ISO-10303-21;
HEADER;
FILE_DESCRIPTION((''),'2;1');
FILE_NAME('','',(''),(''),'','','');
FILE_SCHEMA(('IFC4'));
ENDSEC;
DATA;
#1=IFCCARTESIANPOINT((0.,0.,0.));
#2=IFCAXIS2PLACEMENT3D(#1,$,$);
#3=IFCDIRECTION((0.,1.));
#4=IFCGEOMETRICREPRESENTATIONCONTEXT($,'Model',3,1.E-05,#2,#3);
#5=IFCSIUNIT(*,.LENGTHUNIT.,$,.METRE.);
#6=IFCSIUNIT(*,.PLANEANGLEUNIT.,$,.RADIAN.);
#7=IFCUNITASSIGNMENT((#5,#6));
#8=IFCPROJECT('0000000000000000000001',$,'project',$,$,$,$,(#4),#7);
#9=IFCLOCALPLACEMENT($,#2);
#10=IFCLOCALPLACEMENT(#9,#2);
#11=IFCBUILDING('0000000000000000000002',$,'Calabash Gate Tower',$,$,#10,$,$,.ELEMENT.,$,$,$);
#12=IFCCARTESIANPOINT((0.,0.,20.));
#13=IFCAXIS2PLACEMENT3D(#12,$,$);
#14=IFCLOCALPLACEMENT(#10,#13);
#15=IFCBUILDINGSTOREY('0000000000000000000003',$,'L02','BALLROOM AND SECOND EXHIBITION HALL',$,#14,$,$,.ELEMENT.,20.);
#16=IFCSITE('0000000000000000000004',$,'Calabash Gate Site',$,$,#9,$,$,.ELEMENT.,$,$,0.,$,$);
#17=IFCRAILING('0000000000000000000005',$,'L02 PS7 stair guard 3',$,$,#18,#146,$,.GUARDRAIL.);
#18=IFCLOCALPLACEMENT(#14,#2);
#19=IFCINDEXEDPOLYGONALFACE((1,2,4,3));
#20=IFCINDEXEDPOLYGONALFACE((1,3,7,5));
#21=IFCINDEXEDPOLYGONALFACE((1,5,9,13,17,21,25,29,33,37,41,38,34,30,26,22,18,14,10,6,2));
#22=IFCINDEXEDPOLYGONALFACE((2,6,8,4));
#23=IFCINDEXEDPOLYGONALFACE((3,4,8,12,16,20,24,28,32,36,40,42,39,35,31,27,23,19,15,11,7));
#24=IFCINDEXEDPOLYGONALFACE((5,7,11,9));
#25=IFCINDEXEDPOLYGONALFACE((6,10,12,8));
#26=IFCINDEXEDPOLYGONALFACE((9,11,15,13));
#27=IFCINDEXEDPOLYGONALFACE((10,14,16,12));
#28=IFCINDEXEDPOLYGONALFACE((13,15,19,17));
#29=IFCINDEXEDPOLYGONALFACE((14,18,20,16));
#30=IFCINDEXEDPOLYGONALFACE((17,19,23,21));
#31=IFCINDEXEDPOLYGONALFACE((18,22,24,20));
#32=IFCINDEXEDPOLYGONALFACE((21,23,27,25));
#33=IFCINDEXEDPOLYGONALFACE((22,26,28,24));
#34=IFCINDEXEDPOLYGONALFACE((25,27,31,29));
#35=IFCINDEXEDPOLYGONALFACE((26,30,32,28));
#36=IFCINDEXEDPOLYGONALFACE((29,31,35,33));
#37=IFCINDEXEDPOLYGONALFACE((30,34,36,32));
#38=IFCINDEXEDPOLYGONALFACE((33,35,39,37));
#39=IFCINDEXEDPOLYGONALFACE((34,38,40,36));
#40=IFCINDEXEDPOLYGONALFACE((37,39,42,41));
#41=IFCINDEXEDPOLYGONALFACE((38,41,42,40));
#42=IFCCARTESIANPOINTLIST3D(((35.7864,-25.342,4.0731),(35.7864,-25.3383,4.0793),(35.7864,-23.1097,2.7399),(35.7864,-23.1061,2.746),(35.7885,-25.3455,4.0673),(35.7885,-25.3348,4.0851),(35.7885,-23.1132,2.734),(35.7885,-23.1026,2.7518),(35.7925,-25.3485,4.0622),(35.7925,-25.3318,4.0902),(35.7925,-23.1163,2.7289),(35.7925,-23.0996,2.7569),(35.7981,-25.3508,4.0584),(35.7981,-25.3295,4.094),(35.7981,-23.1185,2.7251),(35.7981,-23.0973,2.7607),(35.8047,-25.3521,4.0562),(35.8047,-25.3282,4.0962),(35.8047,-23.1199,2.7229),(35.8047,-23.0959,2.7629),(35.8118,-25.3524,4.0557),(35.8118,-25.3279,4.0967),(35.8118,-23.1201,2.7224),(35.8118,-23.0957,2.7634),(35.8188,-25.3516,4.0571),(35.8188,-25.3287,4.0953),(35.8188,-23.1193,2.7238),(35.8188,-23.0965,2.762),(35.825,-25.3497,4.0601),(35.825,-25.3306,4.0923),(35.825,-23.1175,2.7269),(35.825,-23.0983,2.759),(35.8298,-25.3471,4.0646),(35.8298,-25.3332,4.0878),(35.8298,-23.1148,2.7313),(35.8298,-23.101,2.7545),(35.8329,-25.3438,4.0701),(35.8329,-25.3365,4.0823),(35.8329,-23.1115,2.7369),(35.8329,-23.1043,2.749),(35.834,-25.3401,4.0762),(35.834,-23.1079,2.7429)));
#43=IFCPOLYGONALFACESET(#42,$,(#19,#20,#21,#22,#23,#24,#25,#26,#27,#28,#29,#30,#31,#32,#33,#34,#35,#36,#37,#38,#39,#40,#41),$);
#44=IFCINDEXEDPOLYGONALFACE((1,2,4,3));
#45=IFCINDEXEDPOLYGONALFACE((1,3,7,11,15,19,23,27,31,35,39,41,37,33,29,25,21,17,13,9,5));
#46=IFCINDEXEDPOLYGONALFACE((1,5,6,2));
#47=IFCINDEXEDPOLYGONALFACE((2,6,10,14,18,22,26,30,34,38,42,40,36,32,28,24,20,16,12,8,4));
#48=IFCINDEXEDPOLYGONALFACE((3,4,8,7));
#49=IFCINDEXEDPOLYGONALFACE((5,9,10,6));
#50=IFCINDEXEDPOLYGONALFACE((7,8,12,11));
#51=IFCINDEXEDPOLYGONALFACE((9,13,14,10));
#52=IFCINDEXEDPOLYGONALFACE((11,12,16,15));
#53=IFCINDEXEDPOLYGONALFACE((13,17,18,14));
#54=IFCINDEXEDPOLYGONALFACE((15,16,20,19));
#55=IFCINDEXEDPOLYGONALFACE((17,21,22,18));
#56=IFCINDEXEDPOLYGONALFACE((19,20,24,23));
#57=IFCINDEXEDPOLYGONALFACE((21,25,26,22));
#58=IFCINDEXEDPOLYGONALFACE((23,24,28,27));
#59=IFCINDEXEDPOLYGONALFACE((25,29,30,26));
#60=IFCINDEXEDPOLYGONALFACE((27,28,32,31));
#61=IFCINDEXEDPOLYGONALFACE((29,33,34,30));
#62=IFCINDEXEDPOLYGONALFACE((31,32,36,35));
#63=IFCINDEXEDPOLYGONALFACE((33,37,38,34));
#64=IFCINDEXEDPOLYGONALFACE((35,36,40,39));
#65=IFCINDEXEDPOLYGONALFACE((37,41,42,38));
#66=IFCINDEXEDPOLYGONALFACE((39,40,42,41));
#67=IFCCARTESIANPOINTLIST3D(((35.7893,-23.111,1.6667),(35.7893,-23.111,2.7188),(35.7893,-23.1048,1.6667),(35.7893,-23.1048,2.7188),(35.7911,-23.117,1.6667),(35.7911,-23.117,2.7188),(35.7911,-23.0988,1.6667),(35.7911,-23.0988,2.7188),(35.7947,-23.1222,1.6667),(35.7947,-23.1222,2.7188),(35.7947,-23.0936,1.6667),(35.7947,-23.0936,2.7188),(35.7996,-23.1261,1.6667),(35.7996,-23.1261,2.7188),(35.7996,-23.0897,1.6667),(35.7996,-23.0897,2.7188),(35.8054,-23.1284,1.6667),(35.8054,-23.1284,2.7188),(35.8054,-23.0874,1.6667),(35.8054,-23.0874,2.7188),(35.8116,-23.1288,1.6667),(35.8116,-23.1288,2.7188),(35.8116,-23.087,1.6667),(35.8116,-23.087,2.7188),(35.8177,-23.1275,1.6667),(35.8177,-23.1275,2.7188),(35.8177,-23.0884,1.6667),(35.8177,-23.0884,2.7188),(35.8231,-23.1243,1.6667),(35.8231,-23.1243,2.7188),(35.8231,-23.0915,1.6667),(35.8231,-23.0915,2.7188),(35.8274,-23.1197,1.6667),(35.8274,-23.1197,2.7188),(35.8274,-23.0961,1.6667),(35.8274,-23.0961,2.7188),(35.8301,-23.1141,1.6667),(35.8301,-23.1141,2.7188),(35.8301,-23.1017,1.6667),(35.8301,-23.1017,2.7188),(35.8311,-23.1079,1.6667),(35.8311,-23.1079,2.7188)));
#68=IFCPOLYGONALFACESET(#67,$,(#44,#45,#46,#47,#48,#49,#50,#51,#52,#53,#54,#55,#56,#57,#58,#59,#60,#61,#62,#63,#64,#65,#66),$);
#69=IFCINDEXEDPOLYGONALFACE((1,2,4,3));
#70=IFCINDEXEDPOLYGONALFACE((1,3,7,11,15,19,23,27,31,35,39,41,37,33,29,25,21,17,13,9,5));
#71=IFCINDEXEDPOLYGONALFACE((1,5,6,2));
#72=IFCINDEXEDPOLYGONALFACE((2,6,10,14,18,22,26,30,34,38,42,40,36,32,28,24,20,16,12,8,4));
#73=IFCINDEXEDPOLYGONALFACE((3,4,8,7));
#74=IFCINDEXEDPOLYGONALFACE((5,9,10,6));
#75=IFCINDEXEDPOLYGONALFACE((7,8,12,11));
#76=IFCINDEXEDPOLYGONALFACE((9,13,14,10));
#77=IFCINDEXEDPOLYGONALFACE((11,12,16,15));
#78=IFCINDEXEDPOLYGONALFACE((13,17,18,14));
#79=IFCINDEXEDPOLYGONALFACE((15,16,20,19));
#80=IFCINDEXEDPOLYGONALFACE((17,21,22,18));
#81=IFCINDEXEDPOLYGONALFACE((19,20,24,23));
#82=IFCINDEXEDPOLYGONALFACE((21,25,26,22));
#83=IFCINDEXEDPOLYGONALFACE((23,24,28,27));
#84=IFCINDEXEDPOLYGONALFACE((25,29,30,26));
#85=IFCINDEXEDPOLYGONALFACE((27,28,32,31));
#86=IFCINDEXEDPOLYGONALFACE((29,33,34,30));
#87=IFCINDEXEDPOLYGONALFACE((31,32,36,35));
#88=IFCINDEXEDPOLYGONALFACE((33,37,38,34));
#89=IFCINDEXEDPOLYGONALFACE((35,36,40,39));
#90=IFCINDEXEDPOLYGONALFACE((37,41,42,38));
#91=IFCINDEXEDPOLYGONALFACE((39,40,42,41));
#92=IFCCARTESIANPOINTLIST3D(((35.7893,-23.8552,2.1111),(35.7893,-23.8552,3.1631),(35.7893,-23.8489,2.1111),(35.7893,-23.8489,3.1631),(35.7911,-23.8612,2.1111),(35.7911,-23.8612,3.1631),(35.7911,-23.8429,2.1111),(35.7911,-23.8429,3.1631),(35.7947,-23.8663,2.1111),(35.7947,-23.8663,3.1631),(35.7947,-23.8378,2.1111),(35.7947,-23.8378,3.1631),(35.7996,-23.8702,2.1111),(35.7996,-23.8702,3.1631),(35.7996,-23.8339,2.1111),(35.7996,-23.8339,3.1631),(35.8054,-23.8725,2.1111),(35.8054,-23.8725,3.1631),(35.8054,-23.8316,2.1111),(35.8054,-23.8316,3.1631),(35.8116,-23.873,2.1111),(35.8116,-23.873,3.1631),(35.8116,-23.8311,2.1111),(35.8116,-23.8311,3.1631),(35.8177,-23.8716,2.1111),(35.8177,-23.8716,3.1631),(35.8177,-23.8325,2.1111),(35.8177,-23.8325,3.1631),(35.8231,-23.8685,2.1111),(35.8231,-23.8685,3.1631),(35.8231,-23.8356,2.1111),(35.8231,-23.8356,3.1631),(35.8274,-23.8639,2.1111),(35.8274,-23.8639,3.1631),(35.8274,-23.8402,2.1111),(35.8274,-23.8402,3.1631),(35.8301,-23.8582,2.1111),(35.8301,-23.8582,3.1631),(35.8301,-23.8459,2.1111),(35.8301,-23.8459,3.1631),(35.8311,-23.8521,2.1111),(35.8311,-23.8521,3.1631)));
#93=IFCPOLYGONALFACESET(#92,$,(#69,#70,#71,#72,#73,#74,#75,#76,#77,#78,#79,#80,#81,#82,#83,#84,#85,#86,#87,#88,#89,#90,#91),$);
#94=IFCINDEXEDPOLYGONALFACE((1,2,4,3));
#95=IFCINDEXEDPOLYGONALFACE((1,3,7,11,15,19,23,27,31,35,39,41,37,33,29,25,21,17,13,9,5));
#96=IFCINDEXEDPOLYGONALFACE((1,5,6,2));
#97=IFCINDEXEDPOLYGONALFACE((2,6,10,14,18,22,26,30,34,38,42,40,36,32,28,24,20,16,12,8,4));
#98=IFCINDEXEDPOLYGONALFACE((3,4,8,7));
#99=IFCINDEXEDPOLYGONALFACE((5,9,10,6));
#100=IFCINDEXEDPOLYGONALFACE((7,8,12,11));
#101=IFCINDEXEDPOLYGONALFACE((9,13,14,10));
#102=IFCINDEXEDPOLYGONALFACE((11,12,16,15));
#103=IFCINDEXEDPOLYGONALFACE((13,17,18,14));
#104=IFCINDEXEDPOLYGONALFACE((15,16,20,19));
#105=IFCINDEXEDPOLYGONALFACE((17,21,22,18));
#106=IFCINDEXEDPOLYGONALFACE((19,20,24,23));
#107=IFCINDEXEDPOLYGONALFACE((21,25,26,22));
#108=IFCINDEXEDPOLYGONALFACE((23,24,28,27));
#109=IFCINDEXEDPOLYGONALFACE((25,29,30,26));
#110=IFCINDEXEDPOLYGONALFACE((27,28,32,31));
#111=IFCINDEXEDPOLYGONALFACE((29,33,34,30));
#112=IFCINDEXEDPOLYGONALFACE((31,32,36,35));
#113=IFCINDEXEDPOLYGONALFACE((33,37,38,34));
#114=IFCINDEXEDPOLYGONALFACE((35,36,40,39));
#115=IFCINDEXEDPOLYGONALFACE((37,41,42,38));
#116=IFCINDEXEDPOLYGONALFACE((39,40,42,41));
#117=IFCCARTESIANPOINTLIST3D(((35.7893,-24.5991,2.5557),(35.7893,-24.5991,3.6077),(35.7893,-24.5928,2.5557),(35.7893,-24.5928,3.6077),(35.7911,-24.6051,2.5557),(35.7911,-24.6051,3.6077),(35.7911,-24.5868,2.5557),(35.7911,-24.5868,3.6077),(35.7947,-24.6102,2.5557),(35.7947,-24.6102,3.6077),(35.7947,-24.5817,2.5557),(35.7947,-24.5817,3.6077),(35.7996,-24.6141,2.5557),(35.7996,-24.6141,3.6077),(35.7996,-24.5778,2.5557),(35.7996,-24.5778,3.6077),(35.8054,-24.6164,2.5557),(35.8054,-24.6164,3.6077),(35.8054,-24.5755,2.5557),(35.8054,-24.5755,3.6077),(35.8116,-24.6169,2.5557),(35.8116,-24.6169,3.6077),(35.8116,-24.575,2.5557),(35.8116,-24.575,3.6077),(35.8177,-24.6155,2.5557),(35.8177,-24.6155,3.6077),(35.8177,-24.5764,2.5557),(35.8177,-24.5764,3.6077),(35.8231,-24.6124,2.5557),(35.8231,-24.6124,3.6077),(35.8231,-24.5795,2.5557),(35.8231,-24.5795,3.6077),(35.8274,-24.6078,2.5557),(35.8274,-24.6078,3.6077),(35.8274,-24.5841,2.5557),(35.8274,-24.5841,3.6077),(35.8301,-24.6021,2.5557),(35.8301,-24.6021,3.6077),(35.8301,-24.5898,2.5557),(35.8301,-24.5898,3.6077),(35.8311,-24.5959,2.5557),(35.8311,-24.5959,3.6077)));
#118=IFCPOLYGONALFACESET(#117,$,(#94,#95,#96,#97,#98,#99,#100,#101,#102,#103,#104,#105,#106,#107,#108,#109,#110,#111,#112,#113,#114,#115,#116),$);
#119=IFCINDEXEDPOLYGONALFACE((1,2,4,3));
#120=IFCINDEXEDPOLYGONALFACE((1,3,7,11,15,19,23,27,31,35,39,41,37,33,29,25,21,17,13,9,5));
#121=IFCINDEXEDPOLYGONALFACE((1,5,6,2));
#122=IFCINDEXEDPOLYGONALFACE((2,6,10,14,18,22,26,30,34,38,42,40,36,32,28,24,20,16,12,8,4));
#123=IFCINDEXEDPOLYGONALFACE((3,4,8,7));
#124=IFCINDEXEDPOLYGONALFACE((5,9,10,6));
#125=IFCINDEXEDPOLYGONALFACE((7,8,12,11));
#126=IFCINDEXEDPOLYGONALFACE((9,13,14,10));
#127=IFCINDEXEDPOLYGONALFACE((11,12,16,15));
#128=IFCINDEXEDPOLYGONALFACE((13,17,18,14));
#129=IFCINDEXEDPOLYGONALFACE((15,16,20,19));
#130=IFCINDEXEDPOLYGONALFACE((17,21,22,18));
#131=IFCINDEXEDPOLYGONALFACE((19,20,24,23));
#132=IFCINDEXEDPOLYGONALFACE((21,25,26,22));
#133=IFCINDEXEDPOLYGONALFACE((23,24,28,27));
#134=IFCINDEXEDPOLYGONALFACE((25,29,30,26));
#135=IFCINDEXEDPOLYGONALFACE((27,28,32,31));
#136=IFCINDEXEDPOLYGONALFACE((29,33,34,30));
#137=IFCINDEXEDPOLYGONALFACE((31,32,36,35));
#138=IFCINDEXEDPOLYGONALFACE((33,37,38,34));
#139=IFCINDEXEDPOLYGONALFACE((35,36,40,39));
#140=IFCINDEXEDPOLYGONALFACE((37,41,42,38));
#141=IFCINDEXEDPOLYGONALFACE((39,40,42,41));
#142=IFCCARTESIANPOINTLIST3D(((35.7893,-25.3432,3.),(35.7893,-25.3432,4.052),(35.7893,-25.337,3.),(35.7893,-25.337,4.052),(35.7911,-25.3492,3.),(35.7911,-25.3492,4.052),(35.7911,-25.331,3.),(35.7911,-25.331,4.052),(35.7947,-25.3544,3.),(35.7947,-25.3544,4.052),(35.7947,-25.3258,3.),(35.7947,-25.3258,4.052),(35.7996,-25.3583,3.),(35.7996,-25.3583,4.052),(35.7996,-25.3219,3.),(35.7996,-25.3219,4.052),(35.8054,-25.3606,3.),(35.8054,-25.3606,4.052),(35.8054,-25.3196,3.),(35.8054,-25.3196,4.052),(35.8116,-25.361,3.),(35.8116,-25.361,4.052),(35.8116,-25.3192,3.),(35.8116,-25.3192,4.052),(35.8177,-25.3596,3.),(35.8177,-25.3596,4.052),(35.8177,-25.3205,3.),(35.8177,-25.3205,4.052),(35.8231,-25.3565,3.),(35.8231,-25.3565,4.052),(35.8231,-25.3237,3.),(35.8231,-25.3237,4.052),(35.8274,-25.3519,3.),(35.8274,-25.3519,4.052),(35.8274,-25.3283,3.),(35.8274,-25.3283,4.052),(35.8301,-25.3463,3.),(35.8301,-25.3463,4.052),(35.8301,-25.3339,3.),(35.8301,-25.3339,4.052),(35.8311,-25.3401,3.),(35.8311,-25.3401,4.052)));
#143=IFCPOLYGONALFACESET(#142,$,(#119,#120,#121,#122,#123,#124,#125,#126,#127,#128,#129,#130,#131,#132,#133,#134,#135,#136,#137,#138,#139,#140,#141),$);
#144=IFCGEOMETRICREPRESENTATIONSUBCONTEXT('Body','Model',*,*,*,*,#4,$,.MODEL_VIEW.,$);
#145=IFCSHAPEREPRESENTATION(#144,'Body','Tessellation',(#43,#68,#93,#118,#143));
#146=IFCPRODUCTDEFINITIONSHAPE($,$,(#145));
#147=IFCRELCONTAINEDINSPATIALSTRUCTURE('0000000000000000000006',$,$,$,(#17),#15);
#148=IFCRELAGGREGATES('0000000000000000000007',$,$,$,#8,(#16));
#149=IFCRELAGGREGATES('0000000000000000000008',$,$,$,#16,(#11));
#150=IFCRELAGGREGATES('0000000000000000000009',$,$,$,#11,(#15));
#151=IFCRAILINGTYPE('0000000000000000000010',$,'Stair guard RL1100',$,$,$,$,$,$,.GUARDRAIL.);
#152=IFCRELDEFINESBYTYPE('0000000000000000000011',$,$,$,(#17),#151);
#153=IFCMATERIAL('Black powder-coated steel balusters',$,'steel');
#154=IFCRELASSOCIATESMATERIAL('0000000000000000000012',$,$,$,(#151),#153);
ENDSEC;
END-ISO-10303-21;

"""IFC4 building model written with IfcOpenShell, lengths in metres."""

from ifc_helpers import new_model, si_unit, direction, frame, origin, origin_2d, place, context, subcontext, project, spatial, circle, extrude, material, type_object, element, save


model = new_model("IFC4")

# Units and contexts
model_context = context("Model", 3, precision=1e-05, world=origin(), true_north=direction((0.0, 1.0)))
body_context = subcontext(model_context, "Body", "Model", "MODEL_VIEW")
ifc_project = project(units=[si_unit("LENGTHUNIT", "METRE"), si_unit("PLANEANGLEUNIT", "RADIAN")], contexts=[model_context])

# Site, building, storey
site_placement = place(None, origin())
site = spatial("IfcSite", under=ifc_project, at=site_placement, Name="Calabash Gate Site", CompositionType="ELEMENT", RefElevation=0.0)
building_placement = place(site_placement, origin())
building = spatial("IfcBuilding", under=site, at=building_placement, Name="Calabash Gate Tower", CompositionType="ELEMENT")
storey_placement = place(building_placement, frame((0.0, 0.0, 20.0)))
storey = spatial("IfcBuildingStorey", under=building, at=storey_placement, Name="L02", Description="BALLROOM AND SECOND EXHIBITION HALL", CompositionType="ELEMENT", Elevation=20.0)

# Railing
ifc_material_1 = material(Name="Black powder-coated steel balusters", Category="steel")
railing_type_1 = type_object("IfcRailingType", Name="Stair guard RL1100", PredefinedType="GUARDRAIL", material=ifc_material_1)
railing_1_placement = place(storey_placement, frame((35.8101, -23.1079, 1.6667)))
element("IfcRailing", 1, at=railing_1_placement, inside=storey, type_object=railing_type_1, Name="L02 PS7 stair guard 3", PredefinedType="GUARDRAIL", context=body_context, shape_type="SweptSolid", body=[
    extrude(circle(Radius=0.0239, at=origin_2d()), frame((0.0, 0.0, 1.0762), z_axis=(0.0, -0.858519, 0.512782), x_axis=(1.0, 0.0, 0.0)), (0.0, 0.0, 1.0), 2.6001),
    extrude(circle(Radius=0.021, at=origin_2d()), origin(), (0.0, 0.0, 1.0), 1.052),
    extrude(circle(Radius=0.021, at=origin_2d()), frame((0.0, -0.7441, 0.4443)), (0.0, 0.0, 1.0), 1.052),
    extrude(circle(Radius=0.021, at=origin_2d()), frame((0.0, -1.488, 0.8889)), (0.0, 0.0, 1.0), 1.052),
    extrude(circle(Radius=0.021, at=origin_2d()), frame((0.0, -2.2322, 1.3333)), (0.0, 0.0, 1.0), 1.052),
])

save(model, "model.ifc")
